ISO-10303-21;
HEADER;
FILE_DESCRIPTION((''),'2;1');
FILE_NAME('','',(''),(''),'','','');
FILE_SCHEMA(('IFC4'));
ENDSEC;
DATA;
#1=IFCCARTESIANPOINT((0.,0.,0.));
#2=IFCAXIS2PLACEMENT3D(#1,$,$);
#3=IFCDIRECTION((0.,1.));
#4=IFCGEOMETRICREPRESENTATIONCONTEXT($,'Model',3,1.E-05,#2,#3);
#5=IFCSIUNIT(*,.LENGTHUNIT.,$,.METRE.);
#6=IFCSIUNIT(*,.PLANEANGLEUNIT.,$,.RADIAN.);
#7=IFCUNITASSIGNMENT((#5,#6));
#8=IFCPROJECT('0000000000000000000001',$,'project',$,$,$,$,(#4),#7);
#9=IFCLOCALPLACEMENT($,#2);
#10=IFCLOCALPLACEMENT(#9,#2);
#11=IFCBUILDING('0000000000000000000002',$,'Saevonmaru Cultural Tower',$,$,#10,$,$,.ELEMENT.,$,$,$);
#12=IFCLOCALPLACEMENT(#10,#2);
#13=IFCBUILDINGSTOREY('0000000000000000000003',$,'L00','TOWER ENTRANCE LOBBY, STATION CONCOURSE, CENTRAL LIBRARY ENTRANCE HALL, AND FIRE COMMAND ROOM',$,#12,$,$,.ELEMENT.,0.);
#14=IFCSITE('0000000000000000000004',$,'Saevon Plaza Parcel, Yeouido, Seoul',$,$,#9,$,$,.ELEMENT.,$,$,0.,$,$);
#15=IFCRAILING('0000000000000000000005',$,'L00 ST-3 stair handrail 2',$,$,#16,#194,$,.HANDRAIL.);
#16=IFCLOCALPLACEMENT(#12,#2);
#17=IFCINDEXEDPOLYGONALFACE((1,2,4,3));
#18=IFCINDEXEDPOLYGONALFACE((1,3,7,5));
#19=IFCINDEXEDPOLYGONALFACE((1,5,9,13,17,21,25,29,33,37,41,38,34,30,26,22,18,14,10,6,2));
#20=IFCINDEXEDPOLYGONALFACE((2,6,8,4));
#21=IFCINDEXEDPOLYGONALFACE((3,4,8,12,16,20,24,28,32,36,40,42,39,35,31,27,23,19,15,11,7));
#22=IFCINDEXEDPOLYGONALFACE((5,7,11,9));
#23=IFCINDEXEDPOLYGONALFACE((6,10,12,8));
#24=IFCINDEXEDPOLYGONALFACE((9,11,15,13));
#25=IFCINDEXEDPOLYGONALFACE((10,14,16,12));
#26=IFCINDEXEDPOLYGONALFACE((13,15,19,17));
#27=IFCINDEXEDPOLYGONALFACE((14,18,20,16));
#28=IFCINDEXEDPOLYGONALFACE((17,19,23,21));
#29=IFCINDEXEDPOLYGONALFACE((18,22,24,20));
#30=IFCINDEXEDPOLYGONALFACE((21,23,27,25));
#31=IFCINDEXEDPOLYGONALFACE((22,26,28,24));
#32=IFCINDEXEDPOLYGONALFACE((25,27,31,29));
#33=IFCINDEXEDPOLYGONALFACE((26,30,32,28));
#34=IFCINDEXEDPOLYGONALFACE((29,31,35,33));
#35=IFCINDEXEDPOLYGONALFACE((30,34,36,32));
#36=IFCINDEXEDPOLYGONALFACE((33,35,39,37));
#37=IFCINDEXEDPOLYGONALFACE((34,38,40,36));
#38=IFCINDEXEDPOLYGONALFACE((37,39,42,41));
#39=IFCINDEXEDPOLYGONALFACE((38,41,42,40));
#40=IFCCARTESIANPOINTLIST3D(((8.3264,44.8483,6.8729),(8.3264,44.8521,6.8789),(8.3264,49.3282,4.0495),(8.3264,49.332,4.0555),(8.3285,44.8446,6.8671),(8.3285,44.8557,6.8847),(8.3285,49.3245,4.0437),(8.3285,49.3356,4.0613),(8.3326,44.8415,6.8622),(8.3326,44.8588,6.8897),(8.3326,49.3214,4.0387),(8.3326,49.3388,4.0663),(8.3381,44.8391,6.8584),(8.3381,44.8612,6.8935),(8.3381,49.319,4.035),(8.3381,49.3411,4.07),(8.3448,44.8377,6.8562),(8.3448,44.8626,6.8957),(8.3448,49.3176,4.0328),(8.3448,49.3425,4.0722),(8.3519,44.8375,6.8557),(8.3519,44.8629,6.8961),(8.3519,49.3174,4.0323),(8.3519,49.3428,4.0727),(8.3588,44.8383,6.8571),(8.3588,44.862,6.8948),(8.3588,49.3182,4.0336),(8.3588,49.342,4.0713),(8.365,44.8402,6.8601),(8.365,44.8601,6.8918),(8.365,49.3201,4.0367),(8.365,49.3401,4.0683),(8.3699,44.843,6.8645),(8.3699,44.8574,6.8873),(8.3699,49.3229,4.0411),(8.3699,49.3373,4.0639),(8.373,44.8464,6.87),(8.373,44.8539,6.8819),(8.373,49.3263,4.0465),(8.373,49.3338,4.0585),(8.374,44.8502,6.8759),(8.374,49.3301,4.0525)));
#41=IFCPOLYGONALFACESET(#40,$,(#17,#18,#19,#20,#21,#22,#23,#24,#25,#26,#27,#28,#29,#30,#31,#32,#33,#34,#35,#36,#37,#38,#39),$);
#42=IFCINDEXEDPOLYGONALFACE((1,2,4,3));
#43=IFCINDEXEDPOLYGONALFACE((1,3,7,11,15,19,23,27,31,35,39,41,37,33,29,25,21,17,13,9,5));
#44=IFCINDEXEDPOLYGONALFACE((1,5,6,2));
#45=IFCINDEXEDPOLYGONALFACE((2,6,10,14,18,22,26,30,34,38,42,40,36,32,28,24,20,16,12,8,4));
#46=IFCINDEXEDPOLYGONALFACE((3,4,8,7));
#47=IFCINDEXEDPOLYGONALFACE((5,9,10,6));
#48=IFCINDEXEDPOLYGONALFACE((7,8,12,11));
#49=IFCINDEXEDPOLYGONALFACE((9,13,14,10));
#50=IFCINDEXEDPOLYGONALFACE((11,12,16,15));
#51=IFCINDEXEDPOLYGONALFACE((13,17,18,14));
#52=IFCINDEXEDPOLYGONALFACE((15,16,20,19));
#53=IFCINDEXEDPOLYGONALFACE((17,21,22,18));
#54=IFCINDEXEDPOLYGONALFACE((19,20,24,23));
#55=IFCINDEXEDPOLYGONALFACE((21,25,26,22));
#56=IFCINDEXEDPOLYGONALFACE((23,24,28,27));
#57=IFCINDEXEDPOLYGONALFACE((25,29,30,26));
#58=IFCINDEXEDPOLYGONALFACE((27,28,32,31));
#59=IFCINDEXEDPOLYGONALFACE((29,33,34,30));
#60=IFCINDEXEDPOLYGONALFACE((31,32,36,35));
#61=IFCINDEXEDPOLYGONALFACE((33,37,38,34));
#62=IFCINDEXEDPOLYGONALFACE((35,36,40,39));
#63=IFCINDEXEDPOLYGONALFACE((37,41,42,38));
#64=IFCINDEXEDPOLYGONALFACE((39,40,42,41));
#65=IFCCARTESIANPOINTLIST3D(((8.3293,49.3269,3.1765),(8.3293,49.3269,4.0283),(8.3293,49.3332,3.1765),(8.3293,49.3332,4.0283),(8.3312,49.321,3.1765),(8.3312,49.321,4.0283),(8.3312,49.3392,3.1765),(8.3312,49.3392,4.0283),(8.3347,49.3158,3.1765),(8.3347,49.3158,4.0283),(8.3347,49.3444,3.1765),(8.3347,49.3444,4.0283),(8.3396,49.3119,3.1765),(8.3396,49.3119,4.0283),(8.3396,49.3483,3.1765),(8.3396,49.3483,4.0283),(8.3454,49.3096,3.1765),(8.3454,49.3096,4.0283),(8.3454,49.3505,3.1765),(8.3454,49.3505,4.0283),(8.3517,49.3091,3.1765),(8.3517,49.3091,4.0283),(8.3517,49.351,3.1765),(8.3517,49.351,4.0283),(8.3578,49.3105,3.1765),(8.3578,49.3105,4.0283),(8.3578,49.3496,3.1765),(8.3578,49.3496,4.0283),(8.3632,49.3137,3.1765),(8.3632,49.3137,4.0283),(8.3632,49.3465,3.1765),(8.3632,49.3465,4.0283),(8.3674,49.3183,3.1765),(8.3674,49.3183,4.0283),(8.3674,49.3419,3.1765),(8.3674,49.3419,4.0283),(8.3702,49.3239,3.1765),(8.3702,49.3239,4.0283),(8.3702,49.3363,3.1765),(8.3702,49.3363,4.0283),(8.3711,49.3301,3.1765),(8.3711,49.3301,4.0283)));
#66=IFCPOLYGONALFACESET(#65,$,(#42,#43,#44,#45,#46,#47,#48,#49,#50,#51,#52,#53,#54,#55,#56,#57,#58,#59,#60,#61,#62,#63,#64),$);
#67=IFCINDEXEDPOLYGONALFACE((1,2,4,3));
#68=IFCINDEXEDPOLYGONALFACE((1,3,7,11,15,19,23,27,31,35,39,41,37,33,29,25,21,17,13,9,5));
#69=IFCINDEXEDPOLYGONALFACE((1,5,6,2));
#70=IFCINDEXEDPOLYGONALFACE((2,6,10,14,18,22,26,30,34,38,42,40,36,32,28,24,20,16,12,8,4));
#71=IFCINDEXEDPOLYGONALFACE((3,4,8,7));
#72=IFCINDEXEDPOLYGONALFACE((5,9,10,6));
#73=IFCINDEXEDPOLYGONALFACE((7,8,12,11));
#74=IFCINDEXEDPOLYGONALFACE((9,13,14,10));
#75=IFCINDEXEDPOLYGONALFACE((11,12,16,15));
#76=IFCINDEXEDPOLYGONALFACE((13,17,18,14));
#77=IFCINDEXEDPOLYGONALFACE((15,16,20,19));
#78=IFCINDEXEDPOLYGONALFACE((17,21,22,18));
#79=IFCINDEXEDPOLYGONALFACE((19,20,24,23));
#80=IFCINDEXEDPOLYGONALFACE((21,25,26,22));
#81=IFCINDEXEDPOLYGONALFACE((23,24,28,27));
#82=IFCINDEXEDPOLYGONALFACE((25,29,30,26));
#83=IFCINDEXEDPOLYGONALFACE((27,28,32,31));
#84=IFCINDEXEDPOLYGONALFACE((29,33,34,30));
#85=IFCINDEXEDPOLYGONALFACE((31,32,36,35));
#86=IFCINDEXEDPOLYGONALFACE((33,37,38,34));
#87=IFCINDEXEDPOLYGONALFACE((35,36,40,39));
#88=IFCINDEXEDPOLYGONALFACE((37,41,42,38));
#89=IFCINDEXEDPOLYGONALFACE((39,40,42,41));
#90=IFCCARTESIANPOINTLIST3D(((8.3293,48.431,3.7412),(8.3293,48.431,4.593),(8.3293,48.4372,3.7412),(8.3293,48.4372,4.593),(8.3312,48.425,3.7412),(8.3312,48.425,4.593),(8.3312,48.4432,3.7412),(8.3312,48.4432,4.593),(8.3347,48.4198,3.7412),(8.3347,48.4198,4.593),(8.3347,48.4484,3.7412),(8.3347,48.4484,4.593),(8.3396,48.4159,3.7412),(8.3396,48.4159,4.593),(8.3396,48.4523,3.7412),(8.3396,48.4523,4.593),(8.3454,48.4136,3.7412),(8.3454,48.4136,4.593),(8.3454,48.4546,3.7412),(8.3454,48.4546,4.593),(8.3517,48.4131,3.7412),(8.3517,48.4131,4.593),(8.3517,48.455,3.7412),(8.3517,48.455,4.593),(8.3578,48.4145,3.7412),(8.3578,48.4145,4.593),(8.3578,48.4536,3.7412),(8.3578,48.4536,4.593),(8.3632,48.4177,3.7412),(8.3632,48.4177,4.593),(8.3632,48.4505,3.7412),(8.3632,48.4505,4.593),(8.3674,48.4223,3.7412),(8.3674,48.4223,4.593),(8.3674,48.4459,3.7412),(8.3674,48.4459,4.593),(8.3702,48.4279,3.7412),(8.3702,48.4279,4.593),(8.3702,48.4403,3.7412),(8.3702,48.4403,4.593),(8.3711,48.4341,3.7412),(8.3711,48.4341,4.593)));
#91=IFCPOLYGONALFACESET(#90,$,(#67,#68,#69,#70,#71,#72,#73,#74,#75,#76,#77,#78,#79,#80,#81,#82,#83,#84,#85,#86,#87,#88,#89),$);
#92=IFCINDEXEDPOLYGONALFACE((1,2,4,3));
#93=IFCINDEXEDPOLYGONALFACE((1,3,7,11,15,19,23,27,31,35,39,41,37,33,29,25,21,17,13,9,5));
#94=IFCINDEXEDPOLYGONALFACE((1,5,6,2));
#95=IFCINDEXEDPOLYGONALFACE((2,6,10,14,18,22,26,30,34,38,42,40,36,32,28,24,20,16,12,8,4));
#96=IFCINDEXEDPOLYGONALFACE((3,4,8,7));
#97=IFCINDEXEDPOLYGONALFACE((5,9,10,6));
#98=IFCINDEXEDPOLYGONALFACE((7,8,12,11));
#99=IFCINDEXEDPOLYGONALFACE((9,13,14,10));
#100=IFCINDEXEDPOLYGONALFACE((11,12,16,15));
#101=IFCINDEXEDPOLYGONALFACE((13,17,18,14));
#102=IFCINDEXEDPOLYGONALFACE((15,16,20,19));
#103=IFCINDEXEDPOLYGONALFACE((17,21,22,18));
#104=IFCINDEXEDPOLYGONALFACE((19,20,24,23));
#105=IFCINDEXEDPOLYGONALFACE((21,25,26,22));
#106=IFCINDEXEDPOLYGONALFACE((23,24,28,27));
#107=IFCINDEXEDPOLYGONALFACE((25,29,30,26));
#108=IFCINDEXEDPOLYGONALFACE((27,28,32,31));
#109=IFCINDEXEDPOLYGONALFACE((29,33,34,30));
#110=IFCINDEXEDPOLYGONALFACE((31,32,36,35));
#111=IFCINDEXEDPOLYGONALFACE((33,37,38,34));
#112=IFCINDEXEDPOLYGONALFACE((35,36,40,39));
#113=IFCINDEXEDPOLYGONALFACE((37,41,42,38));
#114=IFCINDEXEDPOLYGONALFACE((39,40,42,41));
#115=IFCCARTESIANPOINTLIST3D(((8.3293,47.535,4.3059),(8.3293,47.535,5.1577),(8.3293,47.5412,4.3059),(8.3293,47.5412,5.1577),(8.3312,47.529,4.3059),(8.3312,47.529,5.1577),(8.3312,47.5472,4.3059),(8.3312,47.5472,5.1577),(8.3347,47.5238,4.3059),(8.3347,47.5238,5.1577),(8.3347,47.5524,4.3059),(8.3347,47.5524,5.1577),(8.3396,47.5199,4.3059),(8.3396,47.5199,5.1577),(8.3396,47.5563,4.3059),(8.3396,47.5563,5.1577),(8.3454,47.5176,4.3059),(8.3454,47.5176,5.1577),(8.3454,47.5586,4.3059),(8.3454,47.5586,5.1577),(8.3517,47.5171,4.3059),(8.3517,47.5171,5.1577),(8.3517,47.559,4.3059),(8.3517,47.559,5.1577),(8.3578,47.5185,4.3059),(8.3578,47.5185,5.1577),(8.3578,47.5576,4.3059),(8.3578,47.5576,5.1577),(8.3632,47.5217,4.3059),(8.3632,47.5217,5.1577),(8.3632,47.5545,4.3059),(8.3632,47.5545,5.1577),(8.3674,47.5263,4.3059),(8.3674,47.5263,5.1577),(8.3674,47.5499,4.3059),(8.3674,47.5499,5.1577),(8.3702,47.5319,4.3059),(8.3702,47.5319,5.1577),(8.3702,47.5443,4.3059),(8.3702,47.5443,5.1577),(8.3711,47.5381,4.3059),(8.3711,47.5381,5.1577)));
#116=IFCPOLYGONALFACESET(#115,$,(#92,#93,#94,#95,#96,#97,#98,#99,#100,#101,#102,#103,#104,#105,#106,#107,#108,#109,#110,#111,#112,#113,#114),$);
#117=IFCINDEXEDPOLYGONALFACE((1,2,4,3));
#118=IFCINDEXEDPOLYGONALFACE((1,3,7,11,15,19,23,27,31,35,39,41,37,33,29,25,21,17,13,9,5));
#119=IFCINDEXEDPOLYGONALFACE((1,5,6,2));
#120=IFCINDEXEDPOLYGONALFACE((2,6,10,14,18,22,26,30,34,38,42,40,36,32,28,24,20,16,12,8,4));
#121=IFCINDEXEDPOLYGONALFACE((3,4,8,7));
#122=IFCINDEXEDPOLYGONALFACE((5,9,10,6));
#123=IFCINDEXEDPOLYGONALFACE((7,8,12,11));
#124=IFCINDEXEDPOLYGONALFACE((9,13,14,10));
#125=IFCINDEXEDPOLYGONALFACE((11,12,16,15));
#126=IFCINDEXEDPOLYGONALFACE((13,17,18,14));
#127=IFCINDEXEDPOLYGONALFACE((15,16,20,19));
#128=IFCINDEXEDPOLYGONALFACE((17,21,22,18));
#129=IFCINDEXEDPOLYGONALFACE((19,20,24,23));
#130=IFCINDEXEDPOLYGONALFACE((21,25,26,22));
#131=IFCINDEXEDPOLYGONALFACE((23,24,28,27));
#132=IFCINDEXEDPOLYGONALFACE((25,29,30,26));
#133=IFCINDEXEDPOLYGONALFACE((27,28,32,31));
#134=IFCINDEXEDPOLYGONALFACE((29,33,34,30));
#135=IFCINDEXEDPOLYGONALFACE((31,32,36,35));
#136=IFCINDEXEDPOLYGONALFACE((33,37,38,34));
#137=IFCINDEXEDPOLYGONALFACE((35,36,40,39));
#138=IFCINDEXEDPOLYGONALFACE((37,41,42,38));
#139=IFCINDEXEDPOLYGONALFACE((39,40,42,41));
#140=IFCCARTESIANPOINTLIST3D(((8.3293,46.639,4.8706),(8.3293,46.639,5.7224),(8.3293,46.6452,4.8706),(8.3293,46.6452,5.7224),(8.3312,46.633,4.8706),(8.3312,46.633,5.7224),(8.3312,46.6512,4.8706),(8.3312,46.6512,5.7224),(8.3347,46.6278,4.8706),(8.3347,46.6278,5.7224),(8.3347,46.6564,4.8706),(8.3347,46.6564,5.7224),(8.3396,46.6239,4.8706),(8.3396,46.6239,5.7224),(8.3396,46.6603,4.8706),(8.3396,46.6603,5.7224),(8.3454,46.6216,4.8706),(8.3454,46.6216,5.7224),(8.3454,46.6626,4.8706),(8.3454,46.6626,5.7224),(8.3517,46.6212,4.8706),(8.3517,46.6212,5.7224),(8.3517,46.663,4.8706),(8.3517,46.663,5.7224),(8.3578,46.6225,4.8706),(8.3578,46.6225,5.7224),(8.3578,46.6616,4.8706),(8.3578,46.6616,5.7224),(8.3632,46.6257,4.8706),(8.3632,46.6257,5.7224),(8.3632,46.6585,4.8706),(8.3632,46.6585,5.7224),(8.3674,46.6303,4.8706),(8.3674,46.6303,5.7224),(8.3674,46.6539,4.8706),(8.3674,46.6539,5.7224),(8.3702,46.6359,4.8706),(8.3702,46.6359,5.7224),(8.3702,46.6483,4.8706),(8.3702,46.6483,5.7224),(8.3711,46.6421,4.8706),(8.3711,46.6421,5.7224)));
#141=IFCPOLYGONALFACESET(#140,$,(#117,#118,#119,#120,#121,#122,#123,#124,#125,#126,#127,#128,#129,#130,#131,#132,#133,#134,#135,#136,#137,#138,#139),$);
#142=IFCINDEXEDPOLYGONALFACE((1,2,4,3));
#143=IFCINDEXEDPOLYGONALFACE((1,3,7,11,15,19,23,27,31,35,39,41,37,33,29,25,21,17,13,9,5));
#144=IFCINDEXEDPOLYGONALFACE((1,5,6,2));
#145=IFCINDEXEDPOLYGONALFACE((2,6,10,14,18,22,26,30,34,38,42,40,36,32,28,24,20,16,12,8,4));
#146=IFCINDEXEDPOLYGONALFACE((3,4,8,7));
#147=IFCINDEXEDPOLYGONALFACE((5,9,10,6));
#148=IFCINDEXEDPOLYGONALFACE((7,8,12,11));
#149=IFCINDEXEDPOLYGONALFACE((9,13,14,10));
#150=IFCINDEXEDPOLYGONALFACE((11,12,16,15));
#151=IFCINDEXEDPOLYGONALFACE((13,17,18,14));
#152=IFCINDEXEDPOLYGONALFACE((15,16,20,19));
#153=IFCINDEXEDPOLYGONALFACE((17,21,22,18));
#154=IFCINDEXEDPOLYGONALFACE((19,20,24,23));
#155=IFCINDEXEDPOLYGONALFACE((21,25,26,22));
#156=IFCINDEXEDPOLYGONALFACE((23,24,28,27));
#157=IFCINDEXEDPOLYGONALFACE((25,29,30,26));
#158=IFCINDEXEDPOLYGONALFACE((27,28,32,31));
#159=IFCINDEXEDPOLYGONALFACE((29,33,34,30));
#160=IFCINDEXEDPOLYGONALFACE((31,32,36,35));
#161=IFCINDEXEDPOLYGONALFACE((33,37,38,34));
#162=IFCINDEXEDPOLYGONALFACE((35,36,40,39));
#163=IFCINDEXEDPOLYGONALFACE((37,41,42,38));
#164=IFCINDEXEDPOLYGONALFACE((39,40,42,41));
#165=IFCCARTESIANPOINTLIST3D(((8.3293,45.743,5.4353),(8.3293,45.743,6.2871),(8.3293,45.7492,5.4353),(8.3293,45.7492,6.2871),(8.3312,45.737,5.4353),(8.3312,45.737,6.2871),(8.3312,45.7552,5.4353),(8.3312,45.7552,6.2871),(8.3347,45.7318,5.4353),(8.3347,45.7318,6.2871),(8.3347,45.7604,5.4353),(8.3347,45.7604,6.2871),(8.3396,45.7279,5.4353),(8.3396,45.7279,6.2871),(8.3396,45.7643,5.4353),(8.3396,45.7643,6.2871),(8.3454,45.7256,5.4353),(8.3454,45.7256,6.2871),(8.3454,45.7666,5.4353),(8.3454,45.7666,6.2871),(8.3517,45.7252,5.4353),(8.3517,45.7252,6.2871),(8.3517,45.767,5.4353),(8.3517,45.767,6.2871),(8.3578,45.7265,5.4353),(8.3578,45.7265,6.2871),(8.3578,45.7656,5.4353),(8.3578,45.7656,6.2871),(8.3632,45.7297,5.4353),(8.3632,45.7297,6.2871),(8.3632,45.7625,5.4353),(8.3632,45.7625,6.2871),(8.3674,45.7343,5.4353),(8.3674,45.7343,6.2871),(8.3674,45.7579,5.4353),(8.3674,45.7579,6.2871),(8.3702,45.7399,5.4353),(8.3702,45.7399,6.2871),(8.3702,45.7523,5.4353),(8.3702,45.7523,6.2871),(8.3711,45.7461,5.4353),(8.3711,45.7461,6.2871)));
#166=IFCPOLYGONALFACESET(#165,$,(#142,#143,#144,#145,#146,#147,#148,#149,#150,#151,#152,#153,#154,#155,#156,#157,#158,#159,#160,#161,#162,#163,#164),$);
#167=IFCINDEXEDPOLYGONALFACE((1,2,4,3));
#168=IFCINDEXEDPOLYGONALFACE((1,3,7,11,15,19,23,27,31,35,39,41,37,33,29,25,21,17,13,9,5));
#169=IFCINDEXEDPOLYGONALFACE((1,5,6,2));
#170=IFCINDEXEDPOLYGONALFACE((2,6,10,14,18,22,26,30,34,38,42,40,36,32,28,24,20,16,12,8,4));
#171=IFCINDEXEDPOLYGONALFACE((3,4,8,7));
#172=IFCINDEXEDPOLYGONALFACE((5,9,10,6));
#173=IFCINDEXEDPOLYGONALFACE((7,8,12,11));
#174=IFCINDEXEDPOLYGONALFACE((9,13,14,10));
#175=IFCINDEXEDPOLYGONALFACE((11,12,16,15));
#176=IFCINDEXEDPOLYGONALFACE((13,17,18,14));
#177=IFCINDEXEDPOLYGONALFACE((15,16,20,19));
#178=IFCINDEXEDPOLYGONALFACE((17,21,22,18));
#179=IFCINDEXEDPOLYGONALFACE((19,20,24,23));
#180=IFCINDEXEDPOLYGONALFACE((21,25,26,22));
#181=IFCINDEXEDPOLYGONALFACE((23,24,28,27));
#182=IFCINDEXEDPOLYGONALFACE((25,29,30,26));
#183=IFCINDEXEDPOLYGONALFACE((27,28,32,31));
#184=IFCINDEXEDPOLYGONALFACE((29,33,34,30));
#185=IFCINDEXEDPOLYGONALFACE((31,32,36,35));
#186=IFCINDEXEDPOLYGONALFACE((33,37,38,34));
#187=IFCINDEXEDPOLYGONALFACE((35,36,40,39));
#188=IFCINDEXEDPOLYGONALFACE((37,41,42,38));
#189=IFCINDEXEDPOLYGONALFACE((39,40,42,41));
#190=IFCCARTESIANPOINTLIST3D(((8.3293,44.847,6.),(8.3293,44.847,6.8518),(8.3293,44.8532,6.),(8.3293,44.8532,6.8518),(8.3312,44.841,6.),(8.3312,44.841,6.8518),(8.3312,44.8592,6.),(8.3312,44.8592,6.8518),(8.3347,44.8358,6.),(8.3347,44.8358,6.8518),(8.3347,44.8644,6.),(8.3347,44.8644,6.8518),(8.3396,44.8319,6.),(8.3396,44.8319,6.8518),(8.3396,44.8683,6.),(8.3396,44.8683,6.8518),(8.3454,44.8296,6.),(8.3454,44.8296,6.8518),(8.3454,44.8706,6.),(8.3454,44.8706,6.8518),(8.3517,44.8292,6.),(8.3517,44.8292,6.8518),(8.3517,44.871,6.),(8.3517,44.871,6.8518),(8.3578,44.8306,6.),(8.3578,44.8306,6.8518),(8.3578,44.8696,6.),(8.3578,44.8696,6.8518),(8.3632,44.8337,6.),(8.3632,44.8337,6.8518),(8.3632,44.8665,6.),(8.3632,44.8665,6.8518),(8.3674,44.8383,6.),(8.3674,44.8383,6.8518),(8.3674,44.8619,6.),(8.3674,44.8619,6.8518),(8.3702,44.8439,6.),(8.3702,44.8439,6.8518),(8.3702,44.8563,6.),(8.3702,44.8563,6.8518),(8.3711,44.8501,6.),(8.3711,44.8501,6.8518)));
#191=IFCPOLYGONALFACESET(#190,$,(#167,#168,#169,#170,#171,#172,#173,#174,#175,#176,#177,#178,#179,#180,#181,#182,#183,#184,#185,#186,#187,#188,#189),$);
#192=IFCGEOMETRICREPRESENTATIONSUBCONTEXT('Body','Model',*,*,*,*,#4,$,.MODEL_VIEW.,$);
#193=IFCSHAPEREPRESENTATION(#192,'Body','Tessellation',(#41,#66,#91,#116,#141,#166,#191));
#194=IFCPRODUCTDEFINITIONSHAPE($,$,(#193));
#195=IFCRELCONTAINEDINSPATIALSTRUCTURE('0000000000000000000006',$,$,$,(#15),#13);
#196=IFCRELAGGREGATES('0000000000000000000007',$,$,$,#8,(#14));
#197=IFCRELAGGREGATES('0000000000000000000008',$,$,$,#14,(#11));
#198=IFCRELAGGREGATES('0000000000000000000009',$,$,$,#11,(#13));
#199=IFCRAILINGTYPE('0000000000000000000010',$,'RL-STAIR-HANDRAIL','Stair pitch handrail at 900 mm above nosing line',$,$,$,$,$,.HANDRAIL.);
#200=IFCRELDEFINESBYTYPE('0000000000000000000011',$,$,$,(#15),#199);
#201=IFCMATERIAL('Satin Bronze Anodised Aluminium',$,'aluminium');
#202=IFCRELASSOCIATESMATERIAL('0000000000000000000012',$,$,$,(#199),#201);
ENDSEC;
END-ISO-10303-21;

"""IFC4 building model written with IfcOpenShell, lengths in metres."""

from ifc_helpers import new_model, si_unit, direction, frame, origin, origin_2d, place, context, subcontext, project, spatial, circle, extrude, material, type_object, element, save


model = new_model("IFC4")

# Units and contexts
model_context = context("Model", 3, precision=1e-05, world=origin(), true_north=direction((0.0, 1.0)))
body_context = subcontext(model_context, "Body", "Model", "MODEL_VIEW")
ifc_project = project(units=[si_unit("LENGTHUNIT", "METRE"), si_unit("PLANEANGLEUNIT", "RADIAN")], contexts=[model_context])

# Site, building, storey
site_placement = place(None, origin())
site = spatial("IfcSite", under=ifc_project, at=site_placement, Name="Saevon Plaza Parcel, Yeouido, Seoul", CompositionType="ELEMENT", RefElevation=0.0)
building_placement = place(site_placement, origin())
building = spatial("IfcBuilding", under=site, at=building_placement, Name="Saevonmaru Cultural Tower", CompositionType="ELEMENT")
storey_placement = place(building_placement, origin())
storey = spatial("IfcBuildingStorey", under=building, at=storey_placement, Name="L00", Description="TOWER ENTRANCE LOBBY, STATION CONCOURSE, CENTRAL LIBRARY ENTRANCE HALL, AND FIRE COMMAND ROOM", CompositionType="ELEMENT", Elevation=0.0)

# Shared definitions
ifc_material_1 = material(Name="Satin Bronze Anodised Aluminium", Category="aluminium")

# Railing
railing_type_1 = type_object("IfcRailingType", Name="RL-STAIR-HANDRAIL", Description="Stair pitch handrail at 900 mm above nosing line", PredefinedType="HANDRAIL", material=ifc_material_1)
railing_1_placement = place(storey_placement, frame((8.3501, 49.3301, 3.1765)))
element("IfcRailing", 1, at=railing_1_placement, inside=storey, type_object=railing_type_1, Name="L00 ST-3 stair handrail 2", PredefinedType="HANDRAIL", context=body_context, shape_type="SweptSolid", body=[
    extrude(circle(Radius=0.0239, at=origin_2d()), frame((0.0, 0.0, 0.876), z_axis=(0.0, -0.845998, 0.533186), x_axis=(1.0, 0.0, 0.0)), (0.0, 0.0, 1.0), 5.2954),
    extrude(circle(Radius=0.021, at=origin_2d()), origin(), (0.0, 0.0, 1.0), 0.8518),
    extrude(circle(Radius=0.021, at=origin_2d()), frame((0.0, -0.896, 0.5647)), (0.0, 0.0, 1.0), 0.8518),
    extrude(circle(Radius=0.021, at=origin_2d()), frame((0.0, -1.792, 1.1294)), (0.0, 0.0, 1.0), 0.8518),
    extrude(circle(Radius=0.021, at=origin_2d()), frame((0.0, -2.688, 1.6941)), (0.0, 0.0, 1.0), 0.8518),
    extrude(circle(Radius=0.021, at=origin_2d()), frame((0.0, -3.584, 2.2588)), (0.0, 0.0, 1.0), 0.8518),
    extrude(circle(Radius=0.021, at=origin_2d()), frame((0.0, -4.48, 2.8235)), (0.0, 0.0, 1.0), 0.8518),
])

save(model, "model.ifc")
